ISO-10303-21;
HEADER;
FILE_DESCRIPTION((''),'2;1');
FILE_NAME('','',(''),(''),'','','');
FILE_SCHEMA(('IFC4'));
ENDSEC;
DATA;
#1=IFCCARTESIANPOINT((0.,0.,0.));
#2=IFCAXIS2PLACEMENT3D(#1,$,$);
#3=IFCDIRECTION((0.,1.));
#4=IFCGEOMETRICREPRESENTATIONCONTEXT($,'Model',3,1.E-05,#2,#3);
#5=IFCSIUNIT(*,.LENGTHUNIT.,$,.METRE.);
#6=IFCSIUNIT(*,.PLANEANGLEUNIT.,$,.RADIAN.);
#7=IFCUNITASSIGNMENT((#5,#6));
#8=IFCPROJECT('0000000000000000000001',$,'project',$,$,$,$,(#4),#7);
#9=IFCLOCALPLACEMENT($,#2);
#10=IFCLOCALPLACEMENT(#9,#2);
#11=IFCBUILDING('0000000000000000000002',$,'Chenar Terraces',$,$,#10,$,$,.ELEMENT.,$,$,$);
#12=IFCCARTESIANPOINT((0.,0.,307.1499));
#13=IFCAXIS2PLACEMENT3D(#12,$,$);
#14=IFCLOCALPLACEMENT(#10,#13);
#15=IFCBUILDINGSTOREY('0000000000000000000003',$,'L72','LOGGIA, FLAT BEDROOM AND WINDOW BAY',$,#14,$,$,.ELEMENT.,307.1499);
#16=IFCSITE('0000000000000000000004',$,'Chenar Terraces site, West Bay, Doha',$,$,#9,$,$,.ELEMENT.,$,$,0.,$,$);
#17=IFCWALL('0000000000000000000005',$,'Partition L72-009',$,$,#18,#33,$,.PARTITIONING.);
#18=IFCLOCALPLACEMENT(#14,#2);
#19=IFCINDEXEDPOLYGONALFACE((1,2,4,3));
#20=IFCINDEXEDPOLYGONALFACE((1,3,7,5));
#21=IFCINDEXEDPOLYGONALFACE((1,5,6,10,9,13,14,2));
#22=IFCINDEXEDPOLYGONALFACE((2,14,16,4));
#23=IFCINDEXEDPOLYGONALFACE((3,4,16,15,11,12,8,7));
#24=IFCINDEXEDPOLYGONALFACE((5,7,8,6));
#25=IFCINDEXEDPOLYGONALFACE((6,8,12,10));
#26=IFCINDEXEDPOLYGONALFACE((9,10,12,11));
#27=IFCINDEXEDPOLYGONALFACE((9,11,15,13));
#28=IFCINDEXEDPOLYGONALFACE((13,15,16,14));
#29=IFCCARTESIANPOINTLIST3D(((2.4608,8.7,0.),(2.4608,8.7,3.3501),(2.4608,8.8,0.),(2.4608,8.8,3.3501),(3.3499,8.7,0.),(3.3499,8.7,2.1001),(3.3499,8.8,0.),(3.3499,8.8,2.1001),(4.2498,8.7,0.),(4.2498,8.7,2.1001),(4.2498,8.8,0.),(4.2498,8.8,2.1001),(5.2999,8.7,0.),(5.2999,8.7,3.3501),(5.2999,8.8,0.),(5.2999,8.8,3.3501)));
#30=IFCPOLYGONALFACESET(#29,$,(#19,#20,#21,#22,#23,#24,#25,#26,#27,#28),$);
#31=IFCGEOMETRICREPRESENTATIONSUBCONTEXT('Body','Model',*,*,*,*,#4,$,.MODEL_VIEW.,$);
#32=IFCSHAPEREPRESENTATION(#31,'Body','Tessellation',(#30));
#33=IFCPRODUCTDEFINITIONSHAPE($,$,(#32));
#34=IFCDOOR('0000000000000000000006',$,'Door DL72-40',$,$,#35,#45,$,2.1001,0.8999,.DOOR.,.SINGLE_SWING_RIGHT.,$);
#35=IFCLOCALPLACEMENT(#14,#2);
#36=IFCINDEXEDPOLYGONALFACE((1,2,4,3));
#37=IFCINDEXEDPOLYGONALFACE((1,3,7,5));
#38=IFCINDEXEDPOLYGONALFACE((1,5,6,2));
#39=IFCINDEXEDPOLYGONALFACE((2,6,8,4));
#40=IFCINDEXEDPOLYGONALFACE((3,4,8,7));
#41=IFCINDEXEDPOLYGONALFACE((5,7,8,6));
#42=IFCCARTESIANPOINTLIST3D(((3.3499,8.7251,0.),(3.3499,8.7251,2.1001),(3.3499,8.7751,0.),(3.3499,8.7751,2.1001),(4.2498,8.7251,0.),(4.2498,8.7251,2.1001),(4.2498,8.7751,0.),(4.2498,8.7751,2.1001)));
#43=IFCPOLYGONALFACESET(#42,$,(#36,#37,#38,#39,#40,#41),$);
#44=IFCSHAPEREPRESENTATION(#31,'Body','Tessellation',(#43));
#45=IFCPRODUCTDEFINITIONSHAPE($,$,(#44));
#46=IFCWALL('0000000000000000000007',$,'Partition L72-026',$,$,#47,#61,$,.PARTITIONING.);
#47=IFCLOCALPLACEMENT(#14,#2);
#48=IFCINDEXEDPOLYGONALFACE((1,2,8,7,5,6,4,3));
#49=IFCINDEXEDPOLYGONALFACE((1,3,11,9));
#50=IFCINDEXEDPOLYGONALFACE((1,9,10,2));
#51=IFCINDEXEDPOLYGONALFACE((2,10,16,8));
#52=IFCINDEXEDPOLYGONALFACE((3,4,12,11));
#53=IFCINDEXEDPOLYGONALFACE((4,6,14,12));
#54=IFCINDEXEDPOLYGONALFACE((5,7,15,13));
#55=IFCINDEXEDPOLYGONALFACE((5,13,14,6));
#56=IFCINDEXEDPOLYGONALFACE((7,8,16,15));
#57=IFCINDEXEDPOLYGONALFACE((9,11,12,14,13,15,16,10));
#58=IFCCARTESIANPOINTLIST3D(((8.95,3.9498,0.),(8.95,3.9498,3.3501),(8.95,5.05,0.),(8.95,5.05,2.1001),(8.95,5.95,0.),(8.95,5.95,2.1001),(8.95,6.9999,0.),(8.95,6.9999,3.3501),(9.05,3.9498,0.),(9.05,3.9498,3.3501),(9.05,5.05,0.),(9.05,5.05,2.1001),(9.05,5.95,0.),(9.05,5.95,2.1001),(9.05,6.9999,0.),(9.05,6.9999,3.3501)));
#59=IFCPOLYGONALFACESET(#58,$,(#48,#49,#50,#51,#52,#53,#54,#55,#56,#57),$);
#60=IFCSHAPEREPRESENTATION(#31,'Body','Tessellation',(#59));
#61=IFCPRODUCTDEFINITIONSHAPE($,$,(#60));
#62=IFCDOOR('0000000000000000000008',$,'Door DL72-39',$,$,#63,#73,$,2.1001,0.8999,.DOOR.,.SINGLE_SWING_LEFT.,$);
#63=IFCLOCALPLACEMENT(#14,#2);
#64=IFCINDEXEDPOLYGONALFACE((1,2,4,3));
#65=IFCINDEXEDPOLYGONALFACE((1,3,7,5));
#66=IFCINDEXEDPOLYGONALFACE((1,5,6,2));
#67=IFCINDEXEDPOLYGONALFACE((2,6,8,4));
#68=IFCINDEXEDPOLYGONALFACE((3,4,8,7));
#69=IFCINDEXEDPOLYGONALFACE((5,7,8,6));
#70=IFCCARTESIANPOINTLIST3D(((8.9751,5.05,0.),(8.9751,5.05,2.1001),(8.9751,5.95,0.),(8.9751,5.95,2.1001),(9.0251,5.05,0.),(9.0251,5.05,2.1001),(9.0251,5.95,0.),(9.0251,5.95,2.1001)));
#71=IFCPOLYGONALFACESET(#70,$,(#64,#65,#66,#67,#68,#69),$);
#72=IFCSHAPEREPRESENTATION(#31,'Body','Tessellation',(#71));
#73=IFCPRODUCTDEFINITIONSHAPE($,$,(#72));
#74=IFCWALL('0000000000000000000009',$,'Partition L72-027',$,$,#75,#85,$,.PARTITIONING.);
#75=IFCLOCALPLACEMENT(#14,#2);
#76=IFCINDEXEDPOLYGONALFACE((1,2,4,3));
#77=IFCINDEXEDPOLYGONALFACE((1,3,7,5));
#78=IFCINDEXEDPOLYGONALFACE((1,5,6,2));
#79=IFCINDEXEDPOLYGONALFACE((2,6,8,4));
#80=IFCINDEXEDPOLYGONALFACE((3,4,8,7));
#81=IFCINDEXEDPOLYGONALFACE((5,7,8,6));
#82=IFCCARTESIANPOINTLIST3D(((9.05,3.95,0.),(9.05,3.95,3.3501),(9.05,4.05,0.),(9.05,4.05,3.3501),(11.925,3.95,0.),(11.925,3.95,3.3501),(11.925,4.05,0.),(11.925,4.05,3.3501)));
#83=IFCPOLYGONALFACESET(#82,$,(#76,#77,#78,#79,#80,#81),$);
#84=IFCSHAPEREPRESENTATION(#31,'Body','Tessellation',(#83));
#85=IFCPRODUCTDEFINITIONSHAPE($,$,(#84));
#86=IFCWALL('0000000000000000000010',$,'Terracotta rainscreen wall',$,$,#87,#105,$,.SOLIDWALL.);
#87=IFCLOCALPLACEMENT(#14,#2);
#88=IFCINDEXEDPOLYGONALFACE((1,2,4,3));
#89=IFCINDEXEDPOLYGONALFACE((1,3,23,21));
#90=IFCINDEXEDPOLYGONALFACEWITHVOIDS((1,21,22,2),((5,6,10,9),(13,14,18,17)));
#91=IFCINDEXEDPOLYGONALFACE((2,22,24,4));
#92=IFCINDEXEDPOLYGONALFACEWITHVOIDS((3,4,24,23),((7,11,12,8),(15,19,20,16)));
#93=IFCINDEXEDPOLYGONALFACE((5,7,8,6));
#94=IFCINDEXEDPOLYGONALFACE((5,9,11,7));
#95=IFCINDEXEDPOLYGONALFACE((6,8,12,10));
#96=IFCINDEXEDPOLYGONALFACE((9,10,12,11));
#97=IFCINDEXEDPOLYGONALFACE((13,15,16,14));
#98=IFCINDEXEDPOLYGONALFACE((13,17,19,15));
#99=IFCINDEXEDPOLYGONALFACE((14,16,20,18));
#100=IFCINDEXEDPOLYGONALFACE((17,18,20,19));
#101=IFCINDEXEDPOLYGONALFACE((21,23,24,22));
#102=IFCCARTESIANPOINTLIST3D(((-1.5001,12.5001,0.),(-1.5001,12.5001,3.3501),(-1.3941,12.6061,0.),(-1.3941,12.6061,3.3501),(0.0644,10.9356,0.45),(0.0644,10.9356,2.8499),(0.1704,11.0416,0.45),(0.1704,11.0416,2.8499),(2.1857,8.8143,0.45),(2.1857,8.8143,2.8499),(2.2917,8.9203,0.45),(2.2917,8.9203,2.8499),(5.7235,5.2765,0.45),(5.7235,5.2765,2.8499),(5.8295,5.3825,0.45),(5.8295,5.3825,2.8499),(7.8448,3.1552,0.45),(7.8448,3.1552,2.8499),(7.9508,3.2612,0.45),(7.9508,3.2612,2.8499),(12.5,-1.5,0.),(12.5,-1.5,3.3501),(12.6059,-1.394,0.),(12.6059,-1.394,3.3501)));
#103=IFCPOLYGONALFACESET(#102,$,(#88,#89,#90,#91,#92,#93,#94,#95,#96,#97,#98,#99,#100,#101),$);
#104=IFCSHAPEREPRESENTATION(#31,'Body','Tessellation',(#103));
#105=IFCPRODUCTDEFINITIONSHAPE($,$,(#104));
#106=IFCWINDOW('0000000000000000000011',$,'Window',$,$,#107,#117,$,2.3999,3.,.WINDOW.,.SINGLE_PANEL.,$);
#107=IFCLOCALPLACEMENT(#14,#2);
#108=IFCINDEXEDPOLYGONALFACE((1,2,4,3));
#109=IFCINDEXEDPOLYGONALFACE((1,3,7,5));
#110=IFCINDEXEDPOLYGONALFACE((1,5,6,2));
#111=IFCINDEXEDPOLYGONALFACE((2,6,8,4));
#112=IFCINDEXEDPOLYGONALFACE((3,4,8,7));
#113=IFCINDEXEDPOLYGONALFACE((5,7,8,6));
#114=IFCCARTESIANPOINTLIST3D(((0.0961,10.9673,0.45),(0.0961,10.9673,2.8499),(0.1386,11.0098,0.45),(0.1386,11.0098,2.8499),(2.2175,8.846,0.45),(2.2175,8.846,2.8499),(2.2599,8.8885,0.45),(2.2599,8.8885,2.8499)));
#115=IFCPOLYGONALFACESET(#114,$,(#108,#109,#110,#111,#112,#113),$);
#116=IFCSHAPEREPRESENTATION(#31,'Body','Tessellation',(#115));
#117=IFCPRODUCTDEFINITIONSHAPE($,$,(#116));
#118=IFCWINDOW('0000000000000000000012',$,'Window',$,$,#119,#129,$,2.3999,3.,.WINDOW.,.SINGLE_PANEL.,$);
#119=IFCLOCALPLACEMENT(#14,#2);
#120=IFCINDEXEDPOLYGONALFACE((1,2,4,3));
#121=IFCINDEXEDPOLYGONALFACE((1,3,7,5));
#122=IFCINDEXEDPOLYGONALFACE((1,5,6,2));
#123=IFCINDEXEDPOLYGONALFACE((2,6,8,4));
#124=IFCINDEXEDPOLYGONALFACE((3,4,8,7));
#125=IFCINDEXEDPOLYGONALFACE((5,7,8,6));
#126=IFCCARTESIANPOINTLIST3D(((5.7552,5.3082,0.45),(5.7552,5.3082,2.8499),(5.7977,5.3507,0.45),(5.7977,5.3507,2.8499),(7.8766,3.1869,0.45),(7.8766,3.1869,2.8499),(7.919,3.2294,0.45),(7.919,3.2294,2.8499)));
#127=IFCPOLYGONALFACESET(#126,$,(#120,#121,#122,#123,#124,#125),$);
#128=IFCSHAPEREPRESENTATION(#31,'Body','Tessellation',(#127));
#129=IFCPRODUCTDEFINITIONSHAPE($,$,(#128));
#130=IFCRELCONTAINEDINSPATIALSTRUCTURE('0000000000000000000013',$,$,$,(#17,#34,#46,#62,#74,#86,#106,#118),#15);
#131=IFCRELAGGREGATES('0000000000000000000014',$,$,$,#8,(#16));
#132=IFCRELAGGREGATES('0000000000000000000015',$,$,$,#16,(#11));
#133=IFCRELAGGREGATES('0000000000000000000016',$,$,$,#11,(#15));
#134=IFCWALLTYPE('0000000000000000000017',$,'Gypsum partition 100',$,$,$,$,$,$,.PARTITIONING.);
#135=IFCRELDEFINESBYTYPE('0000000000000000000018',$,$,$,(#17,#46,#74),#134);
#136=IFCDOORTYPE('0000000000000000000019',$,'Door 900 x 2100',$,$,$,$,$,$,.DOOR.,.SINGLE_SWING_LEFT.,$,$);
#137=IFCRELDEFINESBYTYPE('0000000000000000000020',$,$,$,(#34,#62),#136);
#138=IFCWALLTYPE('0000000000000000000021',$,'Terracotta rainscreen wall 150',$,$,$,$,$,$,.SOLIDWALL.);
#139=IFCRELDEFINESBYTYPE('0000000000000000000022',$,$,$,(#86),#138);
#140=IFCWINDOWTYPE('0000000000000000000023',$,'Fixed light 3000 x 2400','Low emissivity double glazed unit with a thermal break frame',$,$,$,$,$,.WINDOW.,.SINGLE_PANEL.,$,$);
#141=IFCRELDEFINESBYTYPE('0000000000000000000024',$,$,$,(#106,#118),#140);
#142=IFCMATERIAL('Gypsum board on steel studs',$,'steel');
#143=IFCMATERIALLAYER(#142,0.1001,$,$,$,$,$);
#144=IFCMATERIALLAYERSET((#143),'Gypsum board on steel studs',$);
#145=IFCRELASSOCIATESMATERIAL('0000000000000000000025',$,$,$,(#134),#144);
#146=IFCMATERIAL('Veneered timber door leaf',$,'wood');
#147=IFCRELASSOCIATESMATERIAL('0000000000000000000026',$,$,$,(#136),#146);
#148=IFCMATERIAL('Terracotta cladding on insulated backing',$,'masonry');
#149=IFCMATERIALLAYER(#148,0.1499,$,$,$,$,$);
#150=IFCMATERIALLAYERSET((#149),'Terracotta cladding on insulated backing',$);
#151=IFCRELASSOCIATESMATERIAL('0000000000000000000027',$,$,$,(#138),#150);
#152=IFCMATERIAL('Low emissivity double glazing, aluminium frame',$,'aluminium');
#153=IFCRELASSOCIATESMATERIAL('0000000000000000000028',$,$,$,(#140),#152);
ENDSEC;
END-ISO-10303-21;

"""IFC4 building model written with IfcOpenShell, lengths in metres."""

from ifc_helpers import new_model, si_unit, direction, frame, frame_2d, origin, place, context, subcontext, project, spatial, rectangle, extrude, material, layer, layer_set, type_object, element, fill, save


model = new_model("IFC4")

# Units and contexts
model_context = context("Model", 3, precision=1e-05, world=origin(), true_north=direction((0.0, 1.0)))
body_context = subcontext(model_context, "Body", "Model", "MODEL_VIEW")
ifc_project = project(units=[si_unit("LENGTHUNIT", "METRE"), si_unit("PLANEANGLEUNIT", "RADIAN")], contexts=[model_context])

# Site, building, storey
site_placement = place(None, origin())
site = spatial("IfcSite", under=ifc_project, at=site_placement, Name="Chenar Terraces site, West Bay, Doha", CompositionType="ELEMENT", RefElevation=0.0)
building_placement = place(site_placement, origin())
building = spatial("IfcBuilding", under=site, at=building_placement, Name="Chenar Terraces", CompositionType="ELEMENT")
storey_placement = place(building_placement, frame((0.0, 0.0, 307.1499)))
storey = spatial("IfcBuildingStorey", under=building, at=storey_placement, Name="L72", Description="LOGGIA, FLAT BEDROOM AND WINDOW BAY", CompositionType="ELEMENT", Elevation=307.1499)

# Walls, openings, doors
ifc_material_1 = material(Name="Gypsum board on steel studs", Category="steel")
ifc_layer_1 = layer(ifc_material_1, 0.1001)
ifc_layer_set_1 = layer_set([ifc_layer_1], Name="Gypsum board on steel studs")
wall_type_1 = type_object("IfcWallType", Name="Gypsum partition 100", PredefinedType="PARTITIONING", material=ifc_layer_set_1)
wall_1_placement = place(storey_placement, frame((2.4609, 8.75, 0.0), z_axis=(0.0, 0.0, 1.0), x_axis=(1.0, 0.0, 0.0)))
wall_1 = element("IfcWall", 1, at=wall_1_placement, inside=storey, type_object=wall_type_1, Name="Partition L72-009", PredefinedType="PARTITIONING", context=body_context, shape_type="SweptSolid", body=[
    extrude(rectangle(XDim=2.8391, YDim=0.1001, at=frame_2d((1.4194, 0.0))), origin(), (0.0, 0.0, 1.0), 3.3501),
])
opening_1_placement = place(wall_1_placement, frame((0.8889, 0.0, 0.0)))
opening_1 = element("IfcOpeningElement", 2, at=opening_1_placement, cuts=wall_1, PredefinedType="OPENING", context=body_context, shape_type="SweptSolid", body=[
    extrude(rectangle(XDim=0.8999, YDim=2.1001, at=frame_2d((0.45, 1.05))), frame((0.0, 0.0601, 0.0), z_axis=(0.0, -1.0, 0.0), x_axis=(1.0, 0.0, 0.0)), (0.0, 0.0, 1.0), 0.1201),
])
ifc_material_2 = material(Name="Veneered timber door leaf", Category="wood")
door_type_1 = type_object("IfcDoorType", Name="Door 900 x 2100", OperationType="SINGLE_SWING_LEFT", PredefinedType="DOOR", material=ifc_material_2)
door_1_placement = place(opening_1_placement, frame((0.8999, 0.0, 0.0), z_axis=(0.0, 0.0, 1.0), x_axis=(-1.0, 0.0, 0.0)))
door_1 = element("IfcDoor", 3, at=door_1_placement, inside=storey, type_object=door_type_1, Name="Door DL72-40", OperationType="SINGLE_SWING_RIGHT", OverallHeight=2.1001, OverallWidth=0.8999, PredefinedType="DOOR", context=body_context, shape_type="SweptSolid", body=[
    extrude(rectangle(XDim=0.8999, YDim=2.1001, at=frame_2d((0.45, 1.05))), frame((0.0, 0.0249, 0.0), z_axis=(0.0, -1.0, 0.0), x_axis=(1.0, 0.0, 0.0)), (0.0, 0.0, 1.0), 0.05),
])
fill(opening_1, door_1)
wall_2_placement = place(storey_placement, frame((9.0, 3.95, 0.0), z_axis=(0.0, 0.0, 1.0), x_axis=(0.0, 1.0, 0.0)))
wall_2 = element("IfcWall", 4, at=wall_2_placement, inside=storey, type_object=wall_type_1, Name="Partition L72-026", PredefinedType="PARTITIONING", context=body_context, shape_type="SweptSolid", body=[
    extrude(rectangle(XDim=3.05, YDim=0.1001, at=frame_2d((1.5249, 0.0))), origin(), (0.0, 0.0, 1.0), 3.3501),
])
opening_2_placement = place(wall_2_placement, frame((1.1001, 0.0, 0.0)))
opening_2 = element("IfcOpeningElement", 5, at=opening_2_placement, cuts=wall_2, PredefinedType="OPENING", context=body_context, shape_type="SweptSolid", body=[
    extrude(rectangle(XDim=0.8999, YDim=2.1001, at=frame_2d((0.45, 1.05))), frame((0.0, 0.0601, 0.0), z_axis=(0.0, -1.0, 0.0), x_axis=(1.0, 0.0, 0.0)), (0.0, 0.0, 1.0), 0.1201),
])
door_2_placement = place(opening_2_placement, origin())
door_2 = element("IfcDoor", 6, at=door_2_placement, inside=storey, type_object=door_type_1, Name="Door DL72-39", OperationType="SINGLE_SWING_LEFT", OverallHeight=2.1001, OverallWidth=0.8999, PredefinedType="DOOR", context=body_context, shape_type="SweptSolid", body=[
    extrude(rectangle(XDim=0.8999, YDim=2.1001, at=frame_2d((0.45, 1.05))), frame((0.0, 0.0249, 0.0), z_axis=(0.0, -1.0, 0.0), x_axis=(1.0, 0.0, 0.0)), (0.0, 0.0, 1.0), 0.05),
])
fill(opening_2, door_2)

# Wall
wall_3_placement = place(storey_placement, frame((9.05, 4.0, 0.0), z_axis=(0.0, 0.0, 1.0), x_axis=(1.0, 0.0, 0.0)))
element("IfcWall", 7, at=wall_3_placement, inside=storey, type_object=wall_type_1, Name="Partition L72-027", PredefinedType="PARTITIONING", context=body_context, shape_type="SweptSolid", body=[
    extrude(rectangle(XDim=2.875, YDim=0.1001, at=frame_2d((1.4375, 0.0))), origin(), (0.0, 0.0, 1.0), 3.3501),
])

# Wall, openings, windows
ifc_material_3 = material(Name="Terracotta cladding on insulated backing", Category="masonry")
ifc_layer_2 = layer(ifc_material_3, 0.1499)
ifc_layer_set_2 = layer_set([ifc_layer_2], Name="Terracotta cladding on insulated backing")
wall_type_2 = type_object("IfcWallType", Name="Terracotta rainscreen wall 150", PredefinedType="SOLIDWALL", material=ifc_layer_set_2)
wall_4_placement = place(storey_placement, frame((-1.447, 12.553, 0.0), z_axis=(0.0, 0.0, 1.0), x_axis=(0.707107, -0.707107, 0.0)))
wall_4 = element("IfcWall", 8, at=wall_4_placement, inside=storey, type_object=wall_type_2, Name="Terracotta rainscreen wall", PredefinedType="SOLIDWALL", context=body_context, shape_type="SweptSolid", body=[
    extrude(rectangle(XDim=19.7991, YDim=0.1499, at=frame_2d((9.8994, 0.0))), origin(), (0.0, 0.0, 1.0), 3.3501),
])
opening_3_placement = place(wall_4_placement, frame((2.2124, 0.0, 0.45)))
opening_3 = element("IfcOpeningElement", 9, at=opening_3_placement, cuts=wall_4, PredefinedType="OPENING", context=body_context, shape_type="SweptSolid", body=[
    extrude(rectangle(XDim=3.0, YDim=2.3999, at=frame_2d((1.5, 1.2))), frame((0.0, 0.085, 0.0), z_axis=(0.0, -1.0, 0.0), x_axis=(1.0, 0.0, 0.0)), (0.0, 0.0, 1.0), 0.1699),
])
opening_4_placement = place(wall_4_placement, frame((10.2156, 0.0, 0.45)))
opening_4 = element("IfcOpeningElement", 10, at=opening_4_placement, cuts=wall_4, PredefinedType="OPENING", context=body_context, shape_type="SweptSolid", body=[
    extrude(rectangle(XDim=3.0, YDim=2.3999, at=frame_2d((1.5, 1.2))), frame((0.0, 0.085, 0.0), z_axis=(0.0, -1.0, 0.0), x_axis=(1.0, 0.0, 0.0)), (0.0, 0.0, 1.0), 0.1699),
])
ifc_material_4 = material(Name="Low emissivity double glazing, aluminium frame", Category="aluminium")
window_type = type_object("IfcWindowType", Name="Fixed light 3000 x 2400", Description="Low emissivity double glazed unit with a thermal break frame", PartitioningType="SINGLE_PANEL", PredefinedType="WINDOW", material=ifc_material_4)
window_1_placement = place(opening_3_placement, origin())
window_1 = element("IfcWindow", 11, at=window_1_placement, inside=storey, type_object=window_type, Name="Window", OverallHeight=2.3999, OverallWidth=3.0, PartitioningType="SINGLE_PANEL", PredefinedType="WINDOW", context=body_context, shape_type="SweptSolid", body=[
    extrude(rectangle(XDim=3.0, YDim=2.3999, at=frame_2d((1.5, 1.2))), frame((0.0, 0.03, 0.0), z_axis=(0.0, -1.0, 0.0), x_axis=(1.0, 0.0, 0.0)), (0.0, 0.0, 1.0), 0.0601),
])
fill(opening_3, window_1)
window_2_placement = place(opening_4_placement, origin())
window_2 = element("IfcWindow", 12, at=window_2_placement, inside=storey, type_object=window_type, Name="Window", OverallHeight=2.3999, OverallWidth=3.0, PartitioningType="SINGLE_PANEL", PredefinedType="WINDOW", context=body_context, shape_type="SweptSolid", body=[
    extrude(rectangle(XDim=3.0, YDim=2.3999, at=frame_2d((1.5, 1.2))), frame((0.0, 0.03, 0.0), z_axis=(0.0, -1.0, 0.0), x_axis=(1.0, 0.0, 0.0)), (0.0, 0.0, 1.0), 0.0601),
])
fill(opening_4, window_2)

save(model, "model.ifc")
